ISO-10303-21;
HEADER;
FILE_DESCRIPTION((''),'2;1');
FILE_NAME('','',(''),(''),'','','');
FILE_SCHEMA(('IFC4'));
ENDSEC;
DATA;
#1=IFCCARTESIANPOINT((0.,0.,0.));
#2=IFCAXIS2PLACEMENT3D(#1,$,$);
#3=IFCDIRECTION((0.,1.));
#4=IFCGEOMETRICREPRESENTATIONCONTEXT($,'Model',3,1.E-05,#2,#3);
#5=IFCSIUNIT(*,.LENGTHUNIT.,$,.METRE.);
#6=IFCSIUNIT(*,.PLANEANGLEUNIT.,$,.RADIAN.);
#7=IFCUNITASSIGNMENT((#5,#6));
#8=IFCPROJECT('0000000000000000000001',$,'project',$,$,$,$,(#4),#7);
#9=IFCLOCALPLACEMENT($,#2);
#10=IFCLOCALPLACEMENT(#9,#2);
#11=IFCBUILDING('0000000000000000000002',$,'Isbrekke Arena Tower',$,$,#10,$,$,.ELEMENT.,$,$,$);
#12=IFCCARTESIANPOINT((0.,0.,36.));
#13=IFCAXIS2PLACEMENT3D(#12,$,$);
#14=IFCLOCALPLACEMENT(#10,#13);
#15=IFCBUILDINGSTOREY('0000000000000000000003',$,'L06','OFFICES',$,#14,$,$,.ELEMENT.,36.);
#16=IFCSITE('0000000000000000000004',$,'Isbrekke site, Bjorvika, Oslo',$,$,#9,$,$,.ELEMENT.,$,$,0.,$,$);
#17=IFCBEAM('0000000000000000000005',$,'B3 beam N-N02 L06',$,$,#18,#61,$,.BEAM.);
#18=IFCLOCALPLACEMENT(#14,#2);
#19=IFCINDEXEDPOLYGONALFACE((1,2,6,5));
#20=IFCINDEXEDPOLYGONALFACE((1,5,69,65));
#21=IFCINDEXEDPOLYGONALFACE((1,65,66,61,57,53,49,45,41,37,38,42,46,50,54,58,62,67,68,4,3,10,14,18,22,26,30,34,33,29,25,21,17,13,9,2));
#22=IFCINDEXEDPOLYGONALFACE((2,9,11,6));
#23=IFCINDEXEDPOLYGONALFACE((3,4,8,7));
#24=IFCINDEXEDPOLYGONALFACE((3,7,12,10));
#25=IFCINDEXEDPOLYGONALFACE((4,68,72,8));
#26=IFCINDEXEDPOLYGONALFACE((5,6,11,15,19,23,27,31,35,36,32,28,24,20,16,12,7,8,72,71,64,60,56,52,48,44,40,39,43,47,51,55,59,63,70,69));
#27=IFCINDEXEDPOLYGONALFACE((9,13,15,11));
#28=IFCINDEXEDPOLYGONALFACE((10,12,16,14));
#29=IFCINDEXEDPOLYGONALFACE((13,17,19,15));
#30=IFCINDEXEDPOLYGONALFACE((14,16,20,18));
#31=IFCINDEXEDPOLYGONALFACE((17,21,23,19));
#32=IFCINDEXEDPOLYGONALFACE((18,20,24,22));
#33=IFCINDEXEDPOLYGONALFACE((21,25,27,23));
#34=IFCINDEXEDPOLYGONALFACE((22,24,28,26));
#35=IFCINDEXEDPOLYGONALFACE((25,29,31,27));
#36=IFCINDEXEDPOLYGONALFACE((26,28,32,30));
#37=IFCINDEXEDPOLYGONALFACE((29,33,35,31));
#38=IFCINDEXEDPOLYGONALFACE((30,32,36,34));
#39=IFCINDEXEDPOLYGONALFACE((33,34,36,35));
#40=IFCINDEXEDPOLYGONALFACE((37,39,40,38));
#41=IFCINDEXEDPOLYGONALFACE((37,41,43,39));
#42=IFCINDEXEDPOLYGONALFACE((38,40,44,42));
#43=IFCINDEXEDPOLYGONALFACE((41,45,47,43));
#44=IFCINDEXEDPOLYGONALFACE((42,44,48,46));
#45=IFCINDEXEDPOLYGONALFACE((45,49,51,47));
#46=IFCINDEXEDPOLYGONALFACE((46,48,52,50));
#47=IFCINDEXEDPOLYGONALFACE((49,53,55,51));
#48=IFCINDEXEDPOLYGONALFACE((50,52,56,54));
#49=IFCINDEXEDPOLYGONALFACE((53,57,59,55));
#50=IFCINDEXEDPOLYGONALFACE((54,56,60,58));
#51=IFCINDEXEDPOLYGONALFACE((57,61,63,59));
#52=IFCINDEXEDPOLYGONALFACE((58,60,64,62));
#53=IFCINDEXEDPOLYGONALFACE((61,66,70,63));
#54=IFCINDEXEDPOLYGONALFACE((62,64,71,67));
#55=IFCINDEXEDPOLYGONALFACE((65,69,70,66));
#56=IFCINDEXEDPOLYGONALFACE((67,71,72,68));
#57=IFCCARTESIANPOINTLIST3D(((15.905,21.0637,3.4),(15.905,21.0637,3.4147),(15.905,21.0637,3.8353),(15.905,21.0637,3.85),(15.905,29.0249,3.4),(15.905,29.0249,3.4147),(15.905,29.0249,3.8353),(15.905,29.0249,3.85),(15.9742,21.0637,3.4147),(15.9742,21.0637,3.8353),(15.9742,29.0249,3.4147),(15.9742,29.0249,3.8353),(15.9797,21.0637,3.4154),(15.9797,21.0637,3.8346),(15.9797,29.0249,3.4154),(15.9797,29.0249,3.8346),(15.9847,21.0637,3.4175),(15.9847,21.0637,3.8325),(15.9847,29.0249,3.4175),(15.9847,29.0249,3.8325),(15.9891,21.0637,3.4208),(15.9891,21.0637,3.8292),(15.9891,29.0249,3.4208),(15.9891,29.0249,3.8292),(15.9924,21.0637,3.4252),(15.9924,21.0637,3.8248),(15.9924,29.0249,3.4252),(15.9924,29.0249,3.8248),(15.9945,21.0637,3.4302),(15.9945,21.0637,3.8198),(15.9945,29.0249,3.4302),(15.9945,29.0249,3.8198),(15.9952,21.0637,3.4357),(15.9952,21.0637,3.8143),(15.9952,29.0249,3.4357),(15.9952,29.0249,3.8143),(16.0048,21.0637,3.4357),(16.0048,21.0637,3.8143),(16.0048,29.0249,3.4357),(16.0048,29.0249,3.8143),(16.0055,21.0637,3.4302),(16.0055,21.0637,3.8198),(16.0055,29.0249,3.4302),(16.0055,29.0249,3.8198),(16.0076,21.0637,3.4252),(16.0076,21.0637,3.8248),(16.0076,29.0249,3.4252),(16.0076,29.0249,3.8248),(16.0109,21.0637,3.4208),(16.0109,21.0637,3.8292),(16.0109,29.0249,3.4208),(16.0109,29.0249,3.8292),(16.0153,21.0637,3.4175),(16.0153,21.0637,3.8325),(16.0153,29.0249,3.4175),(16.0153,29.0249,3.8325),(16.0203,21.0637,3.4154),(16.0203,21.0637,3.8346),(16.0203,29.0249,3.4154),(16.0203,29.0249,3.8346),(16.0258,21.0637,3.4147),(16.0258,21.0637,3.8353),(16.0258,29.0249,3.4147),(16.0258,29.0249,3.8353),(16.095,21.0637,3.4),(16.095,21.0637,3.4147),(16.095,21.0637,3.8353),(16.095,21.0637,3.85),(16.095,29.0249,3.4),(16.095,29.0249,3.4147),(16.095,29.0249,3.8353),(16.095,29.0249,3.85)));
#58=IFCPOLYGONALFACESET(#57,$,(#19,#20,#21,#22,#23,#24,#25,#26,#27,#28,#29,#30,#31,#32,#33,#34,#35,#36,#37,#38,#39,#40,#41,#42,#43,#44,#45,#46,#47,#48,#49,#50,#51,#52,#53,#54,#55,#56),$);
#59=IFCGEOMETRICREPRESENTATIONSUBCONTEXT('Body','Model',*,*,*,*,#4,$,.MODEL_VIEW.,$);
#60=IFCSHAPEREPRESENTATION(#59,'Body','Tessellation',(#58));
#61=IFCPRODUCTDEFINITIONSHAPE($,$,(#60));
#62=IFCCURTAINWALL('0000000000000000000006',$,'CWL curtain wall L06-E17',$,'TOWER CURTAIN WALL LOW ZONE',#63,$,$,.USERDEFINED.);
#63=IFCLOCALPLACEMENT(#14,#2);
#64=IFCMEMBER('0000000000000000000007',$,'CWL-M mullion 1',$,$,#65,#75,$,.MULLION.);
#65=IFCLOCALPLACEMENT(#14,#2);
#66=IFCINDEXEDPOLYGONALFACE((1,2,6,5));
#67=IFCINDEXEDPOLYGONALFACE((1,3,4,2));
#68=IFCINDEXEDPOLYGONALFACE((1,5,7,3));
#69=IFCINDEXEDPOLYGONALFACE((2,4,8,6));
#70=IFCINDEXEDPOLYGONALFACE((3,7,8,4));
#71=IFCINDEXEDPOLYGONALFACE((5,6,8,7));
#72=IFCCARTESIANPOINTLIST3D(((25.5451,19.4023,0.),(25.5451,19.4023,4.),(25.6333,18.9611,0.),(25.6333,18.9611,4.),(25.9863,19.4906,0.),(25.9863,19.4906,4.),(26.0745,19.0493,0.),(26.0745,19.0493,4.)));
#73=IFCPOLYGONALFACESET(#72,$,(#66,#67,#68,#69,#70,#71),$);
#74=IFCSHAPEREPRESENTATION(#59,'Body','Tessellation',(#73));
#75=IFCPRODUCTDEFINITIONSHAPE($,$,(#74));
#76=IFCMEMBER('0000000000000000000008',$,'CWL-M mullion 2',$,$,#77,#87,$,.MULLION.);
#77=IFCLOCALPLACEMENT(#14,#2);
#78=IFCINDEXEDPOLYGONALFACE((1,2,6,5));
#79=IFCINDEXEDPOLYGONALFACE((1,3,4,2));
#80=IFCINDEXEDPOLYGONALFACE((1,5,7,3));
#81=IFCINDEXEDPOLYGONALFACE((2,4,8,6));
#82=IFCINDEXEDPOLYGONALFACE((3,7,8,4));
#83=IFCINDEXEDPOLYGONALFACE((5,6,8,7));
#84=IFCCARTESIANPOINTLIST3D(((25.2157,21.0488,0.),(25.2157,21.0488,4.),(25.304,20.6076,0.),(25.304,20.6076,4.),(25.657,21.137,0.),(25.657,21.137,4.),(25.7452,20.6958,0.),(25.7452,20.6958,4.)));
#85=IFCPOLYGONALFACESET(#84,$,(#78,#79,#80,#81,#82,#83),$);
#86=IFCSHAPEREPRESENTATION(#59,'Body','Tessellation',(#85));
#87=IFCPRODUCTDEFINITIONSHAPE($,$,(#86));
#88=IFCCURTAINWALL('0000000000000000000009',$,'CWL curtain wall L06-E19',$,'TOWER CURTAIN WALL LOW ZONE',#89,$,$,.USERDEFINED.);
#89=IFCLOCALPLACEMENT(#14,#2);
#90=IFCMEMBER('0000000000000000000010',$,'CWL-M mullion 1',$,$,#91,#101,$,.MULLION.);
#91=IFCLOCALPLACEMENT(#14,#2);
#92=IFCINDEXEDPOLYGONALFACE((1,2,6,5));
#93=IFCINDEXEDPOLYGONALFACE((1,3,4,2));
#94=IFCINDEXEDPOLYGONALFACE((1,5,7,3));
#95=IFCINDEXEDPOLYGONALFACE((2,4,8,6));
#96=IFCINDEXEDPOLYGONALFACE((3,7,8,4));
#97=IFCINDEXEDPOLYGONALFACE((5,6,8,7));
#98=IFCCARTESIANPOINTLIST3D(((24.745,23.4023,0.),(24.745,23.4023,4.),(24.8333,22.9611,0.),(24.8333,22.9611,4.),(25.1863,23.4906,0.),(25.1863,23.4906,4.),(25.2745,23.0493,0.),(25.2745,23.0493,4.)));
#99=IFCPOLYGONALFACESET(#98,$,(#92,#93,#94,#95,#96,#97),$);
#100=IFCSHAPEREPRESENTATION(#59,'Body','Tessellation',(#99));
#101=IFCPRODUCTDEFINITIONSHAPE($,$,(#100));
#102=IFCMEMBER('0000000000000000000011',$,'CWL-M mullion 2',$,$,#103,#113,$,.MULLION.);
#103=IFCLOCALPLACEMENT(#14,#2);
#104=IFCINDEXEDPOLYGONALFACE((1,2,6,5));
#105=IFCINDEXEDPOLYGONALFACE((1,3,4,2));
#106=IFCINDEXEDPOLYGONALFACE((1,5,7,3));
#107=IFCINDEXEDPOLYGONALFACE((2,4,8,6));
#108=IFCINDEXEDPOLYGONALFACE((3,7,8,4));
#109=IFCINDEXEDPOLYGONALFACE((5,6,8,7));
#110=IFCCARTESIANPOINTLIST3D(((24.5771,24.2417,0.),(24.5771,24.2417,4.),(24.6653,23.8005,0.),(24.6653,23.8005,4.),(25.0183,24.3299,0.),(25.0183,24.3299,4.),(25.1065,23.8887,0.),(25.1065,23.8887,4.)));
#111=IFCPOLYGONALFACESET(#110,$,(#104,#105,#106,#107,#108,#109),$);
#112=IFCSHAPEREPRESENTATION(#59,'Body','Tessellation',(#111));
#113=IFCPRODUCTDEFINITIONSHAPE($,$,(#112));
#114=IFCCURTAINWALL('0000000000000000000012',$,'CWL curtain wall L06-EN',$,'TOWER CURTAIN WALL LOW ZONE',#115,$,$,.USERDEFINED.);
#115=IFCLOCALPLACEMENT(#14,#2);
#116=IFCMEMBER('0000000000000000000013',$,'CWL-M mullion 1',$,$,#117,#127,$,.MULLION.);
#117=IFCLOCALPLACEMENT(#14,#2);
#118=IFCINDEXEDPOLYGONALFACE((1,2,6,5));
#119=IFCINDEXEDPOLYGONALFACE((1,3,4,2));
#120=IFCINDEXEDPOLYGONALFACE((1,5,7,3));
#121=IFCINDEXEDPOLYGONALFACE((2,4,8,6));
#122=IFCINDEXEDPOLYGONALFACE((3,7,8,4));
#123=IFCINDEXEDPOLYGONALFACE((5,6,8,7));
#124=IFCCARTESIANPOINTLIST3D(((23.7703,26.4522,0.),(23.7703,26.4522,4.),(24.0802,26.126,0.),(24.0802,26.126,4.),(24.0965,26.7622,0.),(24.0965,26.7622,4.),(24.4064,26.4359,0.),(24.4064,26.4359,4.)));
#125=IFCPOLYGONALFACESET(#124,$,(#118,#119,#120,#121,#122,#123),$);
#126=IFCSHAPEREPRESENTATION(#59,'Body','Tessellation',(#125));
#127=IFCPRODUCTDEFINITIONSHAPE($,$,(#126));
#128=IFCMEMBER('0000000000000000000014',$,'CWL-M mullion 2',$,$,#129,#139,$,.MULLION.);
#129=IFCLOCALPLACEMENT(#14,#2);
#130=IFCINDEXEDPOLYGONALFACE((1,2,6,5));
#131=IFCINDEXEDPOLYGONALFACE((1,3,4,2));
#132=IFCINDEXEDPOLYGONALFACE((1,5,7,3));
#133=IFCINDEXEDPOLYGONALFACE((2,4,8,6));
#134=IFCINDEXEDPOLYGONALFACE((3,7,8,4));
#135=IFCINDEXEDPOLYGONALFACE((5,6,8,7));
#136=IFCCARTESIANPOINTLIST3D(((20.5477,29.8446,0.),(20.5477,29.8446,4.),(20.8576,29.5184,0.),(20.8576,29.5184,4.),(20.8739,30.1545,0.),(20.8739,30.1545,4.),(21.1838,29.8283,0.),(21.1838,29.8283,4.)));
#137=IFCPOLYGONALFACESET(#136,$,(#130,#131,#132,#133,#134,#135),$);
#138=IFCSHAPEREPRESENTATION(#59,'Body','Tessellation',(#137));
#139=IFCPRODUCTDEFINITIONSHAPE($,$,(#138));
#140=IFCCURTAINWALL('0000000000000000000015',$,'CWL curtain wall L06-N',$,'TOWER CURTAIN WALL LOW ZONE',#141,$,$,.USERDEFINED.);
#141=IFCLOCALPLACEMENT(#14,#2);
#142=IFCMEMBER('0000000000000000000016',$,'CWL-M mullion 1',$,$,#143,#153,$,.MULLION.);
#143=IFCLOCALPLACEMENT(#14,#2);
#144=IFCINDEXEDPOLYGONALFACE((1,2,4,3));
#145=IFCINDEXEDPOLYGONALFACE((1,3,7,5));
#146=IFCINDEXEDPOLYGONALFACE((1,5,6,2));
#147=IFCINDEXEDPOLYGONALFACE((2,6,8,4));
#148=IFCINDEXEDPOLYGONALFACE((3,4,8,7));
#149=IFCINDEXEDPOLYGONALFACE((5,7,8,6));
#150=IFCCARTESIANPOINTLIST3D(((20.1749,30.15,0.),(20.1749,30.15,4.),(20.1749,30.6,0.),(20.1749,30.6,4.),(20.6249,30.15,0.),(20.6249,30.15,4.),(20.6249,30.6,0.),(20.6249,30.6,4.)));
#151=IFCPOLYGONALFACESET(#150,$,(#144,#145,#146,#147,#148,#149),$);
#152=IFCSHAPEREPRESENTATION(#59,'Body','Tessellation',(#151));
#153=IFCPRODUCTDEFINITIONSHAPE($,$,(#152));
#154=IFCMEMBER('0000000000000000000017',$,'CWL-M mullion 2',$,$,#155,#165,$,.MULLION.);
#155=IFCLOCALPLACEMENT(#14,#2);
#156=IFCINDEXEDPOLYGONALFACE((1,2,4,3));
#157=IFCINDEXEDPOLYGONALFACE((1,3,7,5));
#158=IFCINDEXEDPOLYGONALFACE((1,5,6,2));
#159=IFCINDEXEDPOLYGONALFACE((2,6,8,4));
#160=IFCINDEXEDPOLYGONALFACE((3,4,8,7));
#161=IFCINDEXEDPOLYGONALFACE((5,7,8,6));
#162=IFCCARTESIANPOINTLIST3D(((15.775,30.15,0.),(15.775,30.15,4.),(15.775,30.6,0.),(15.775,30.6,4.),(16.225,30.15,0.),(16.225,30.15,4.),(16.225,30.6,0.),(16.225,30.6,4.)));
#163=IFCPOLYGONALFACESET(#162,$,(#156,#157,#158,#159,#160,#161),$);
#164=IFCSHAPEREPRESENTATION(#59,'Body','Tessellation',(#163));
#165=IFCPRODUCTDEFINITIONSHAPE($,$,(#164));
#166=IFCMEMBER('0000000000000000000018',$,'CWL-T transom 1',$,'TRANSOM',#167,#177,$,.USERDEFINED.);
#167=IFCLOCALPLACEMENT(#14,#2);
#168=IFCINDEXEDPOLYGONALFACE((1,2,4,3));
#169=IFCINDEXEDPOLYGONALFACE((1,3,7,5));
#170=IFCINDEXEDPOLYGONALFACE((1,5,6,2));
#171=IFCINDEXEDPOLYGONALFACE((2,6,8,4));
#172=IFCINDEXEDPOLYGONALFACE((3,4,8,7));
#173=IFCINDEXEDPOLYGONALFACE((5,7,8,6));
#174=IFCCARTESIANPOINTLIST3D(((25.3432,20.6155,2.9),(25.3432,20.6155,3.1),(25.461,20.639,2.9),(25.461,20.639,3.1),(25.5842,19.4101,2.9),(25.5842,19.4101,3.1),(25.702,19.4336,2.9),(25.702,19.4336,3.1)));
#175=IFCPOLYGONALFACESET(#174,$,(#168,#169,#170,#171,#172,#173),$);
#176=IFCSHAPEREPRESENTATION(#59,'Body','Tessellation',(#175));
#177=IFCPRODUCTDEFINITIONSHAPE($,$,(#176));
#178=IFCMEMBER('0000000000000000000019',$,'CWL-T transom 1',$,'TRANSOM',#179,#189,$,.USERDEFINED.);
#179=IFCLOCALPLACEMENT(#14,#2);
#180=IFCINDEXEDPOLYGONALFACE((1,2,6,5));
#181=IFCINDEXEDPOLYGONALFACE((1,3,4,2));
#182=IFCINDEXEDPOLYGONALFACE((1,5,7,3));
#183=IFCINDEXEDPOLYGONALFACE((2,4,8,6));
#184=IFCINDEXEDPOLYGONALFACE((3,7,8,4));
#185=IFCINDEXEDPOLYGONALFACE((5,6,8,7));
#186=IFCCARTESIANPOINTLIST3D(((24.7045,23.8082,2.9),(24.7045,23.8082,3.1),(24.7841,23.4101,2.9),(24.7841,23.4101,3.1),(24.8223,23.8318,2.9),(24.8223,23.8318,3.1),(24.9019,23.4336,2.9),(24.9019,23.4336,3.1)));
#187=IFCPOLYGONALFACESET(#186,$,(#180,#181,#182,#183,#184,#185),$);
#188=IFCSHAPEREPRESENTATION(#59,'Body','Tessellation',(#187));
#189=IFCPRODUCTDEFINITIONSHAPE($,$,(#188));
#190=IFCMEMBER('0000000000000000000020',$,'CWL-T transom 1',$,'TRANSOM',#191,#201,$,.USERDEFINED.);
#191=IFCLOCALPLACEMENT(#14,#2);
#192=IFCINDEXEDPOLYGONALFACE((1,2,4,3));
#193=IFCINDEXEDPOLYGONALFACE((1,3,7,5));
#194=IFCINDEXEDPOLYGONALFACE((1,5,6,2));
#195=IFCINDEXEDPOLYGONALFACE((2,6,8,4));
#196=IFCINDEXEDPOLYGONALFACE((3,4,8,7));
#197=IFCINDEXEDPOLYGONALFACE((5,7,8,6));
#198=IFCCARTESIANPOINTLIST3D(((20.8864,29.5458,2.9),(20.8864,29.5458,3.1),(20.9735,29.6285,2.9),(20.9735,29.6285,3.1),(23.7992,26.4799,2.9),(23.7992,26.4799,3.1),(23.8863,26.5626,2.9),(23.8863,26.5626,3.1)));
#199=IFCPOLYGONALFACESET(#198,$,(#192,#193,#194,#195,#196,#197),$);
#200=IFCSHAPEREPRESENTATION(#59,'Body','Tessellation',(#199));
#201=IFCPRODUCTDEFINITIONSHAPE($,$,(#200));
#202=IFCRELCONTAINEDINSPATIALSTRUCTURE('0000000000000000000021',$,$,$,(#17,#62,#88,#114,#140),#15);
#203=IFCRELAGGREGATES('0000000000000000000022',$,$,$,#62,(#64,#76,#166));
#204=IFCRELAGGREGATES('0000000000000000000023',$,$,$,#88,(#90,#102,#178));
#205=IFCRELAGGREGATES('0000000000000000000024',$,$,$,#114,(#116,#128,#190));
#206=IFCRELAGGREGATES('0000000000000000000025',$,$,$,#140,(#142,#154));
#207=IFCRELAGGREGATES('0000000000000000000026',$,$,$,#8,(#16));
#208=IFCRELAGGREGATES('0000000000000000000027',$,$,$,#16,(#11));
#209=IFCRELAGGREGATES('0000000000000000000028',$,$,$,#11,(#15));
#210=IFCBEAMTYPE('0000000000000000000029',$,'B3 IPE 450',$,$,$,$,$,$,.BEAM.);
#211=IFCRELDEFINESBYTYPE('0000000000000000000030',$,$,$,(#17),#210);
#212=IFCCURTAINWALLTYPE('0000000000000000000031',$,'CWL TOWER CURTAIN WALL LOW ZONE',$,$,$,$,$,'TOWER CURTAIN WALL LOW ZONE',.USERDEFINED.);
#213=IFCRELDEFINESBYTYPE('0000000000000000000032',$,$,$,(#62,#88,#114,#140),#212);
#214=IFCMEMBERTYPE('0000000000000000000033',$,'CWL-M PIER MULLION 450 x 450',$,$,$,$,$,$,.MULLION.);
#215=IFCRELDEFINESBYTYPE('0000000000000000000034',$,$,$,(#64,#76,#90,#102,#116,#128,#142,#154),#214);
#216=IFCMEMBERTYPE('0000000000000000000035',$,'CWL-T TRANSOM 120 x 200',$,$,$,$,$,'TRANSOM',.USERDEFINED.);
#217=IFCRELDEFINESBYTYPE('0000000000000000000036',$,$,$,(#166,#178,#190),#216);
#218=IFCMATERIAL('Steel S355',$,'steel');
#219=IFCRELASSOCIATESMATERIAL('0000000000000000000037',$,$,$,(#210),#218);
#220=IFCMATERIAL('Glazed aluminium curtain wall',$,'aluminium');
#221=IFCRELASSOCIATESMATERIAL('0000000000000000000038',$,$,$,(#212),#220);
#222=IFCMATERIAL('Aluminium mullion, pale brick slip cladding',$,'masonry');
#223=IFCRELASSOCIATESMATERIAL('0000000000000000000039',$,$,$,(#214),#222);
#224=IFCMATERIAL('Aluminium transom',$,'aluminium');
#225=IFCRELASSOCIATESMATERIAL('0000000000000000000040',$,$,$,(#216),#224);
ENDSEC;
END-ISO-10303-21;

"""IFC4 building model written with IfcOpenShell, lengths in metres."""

from ifc_helpers import new_model, si_unit, direction, frame, origin, origin_2d, place, context, subcontext, project, spatial, rectangle, i_section, extrude, material, material_profile, profile_set, type_object, element, aggregate, save


model = new_model("IFC4")

# Units and contexts
model_context = context("Model", 3, precision=1e-05, world=origin(), true_north=direction((0.0, 1.0)))
body_context = subcontext(model_context, "Body", "Model", "MODEL_VIEW")
ifc_project = project(units=[si_unit("LENGTHUNIT", "METRE"), si_unit("PLANEANGLEUNIT", "RADIAN")], contexts=[model_context])

# Site, building, storey
site_placement = place(None, origin())
site = spatial("IfcSite", under=ifc_project, at=site_placement, Name="Isbrekke site, Bjorvika, Oslo", CompositionType="ELEMENT", RefElevation=0.0)
building_placement = place(site_placement, origin())
building = spatial("IfcBuilding", under=site, at=building_placement, Name="Isbrekke Arena Tower", CompositionType="ELEMENT")
storey_placement = place(building_placement, frame((0.0, 0.0, 36.0)))
storey = spatial("IfcBuildingStorey", under=building, at=storey_placement, Name="L06", Description="OFFICES", CompositionType="ELEMENT", Elevation=36.0)

# Beam
ifc_material_1 = material(Name="Steel S355", Category="steel")
ifc_material_profile_1 = material_profile(ifc_material_1, i_section(OverallWidth=0.1899, OverallDepth=0.45, WebThickness=0.0095, FlangeThickness=0.0146, FilletRadius=0.021, at=origin_2d()), Name="IPE 450")
ifc_profile_set_1 = profile_set([ifc_material_profile_1], Name="Steel S355")
beam_type_1 = type_object("IfcBeamType", Name="B3 IPE 450", PredefinedType="BEAM", material=ifc_profile_set_1)
beam_1_placement = place(storey_placement, frame((16.0, 29.0249, 3.625), z_axis=(0.0, -1.0, 0.0), x_axis=(1.0, 0.0, 0.0)))
element("IfcBeam", 1, at=beam_1_placement, inside=storey, type_object=beam_type_1, Name="B3 beam N-N02 L06", PredefinedType="BEAM", context=body_context, shape_type="SweptSolid", body=[
    extrude(i_section(OverallWidth=0.1899, OverallDepth=0.45, WebThickness=0.0095, FlangeThickness=0.0146, FilletRadius=0.021, at=origin_2d()), origin(), (0.0, 0.0, 1.0), 7.9612),
])

# Curtain walls, members
ifc_material_2 = material(Name="Glazed aluminium curtain wall", Category="aluminium")
curtain_wall_type = type_object("IfcCurtainWallType", Name="CWL TOWER CURTAIN WALL LOW ZONE", ElementType="TOWER CURTAIN WALL LOW ZONE", PredefinedType="USERDEFINED", material=ifc_material_2)
curtain_wall_1_placement = place(storey_placement, origin())
curtain_wall_1 = element("IfcCurtainWall", 2, at=curtain_wall_1_placement, inside=storey, type_object=curtain_wall_type, Name="CWL curtain wall L06-E17", ObjectType="TOWER CURTAIN WALL LOW ZONE", PredefinedType="USERDEFINED")
ifc_material_3 = material(Name="Aluminium mullion, pale brick slip cladding", Category="masonry")
ifc_material_profile_2 = material_profile(ifc_material_3, rectangle(XDim=0.45, YDim=0.45, at=origin_2d()), Name="PIER 450X450")
ifc_profile_set_2 = profile_set([ifc_material_profile_2], Name="Aluminium mullion, pale brick slip cladding")
member_type_1 = type_object("IfcMemberType", Name="CWL-M PIER MULLION 450 x 450", PredefinedType="MULLION", material=ifc_profile_set_2)
member_1_placement = place(storey_placement, frame((25.8098, 19.2258, 0.0), z_axis=(0.0, 0.0, 1.0), x_axis=(-0.196116, 0.980581, 0.0)))
member_1 = element("IfcMember", 3, at=member_1_placement, type_object=member_type_1, Name="CWL-M mullion 1", PredefinedType="MULLION", context=body_context, shape_type="SweptSolid", body=[
    extrude(rectangle(XDim=0.45, YDim=0.45, at=origin_2d()), origin(), (0.0, 0.0, 1.0), 4.0),
])
member_2_placement = place(storey_placement, frame((25.4805, 20.8723, 0.0), z_axis=(0.0, 0.0, 1.0), x_axis=(-0.196116, 0.980581, 0.0)))
member_2 = element("IfcMember", 4, at=member_2_placement, type_object=member_type_1, Name="CWL-M mullion 2", PredefinedType="MULLION", context=body_context, shape_type="SweptSolid", body=[
    extrude(rectangle(XDim=0.45, YDim=0.45, at=origin_2d()), origin(), (0.0, 0.0, 1.0), 4.0),
])
curtain_wall_2_placement = place(storey_placement, origin())
curtain_wall_2 = element("IfcCurtainWall", 5, at=curtain_wall_2_placement, inside=storey, type_object=curtain_wall_type, Name="CWL curtain wall L06-E19", ObjectType="TOWER CURTAIN WALL LOW ZONE", PredefinedType="USERDEFINED")
member_3_placement = place(storey_placement, frame((25.0098, 23.2258, 0.0), z_axis=(0.0, 0.0, 1.0), x_axis=(-0.196116, 0.980581, 0.0)))
member_3 = element("IfcMember", 6, at=member_3_placement, type_object=member_type_1, Name="CWL-M mullion 1", PredefinedType="MULLION", context=body_context, shape_type="SweptSolid", body=[
    extrude(rectangle(XDim=0.45, YDim=0.45, at=origin_2d()), origin(), (0.0, 0.0, 1.0), 4.0),
])
member_4_placement = place(storey_placement, frame((24.8418, 24.0652, 0.0), z_axis=(0.0, 0.0, 1.0), x_axis=(-0.196116, 0.980581, 0.0)))
member_4 = element("IfcMember", 7, at=member_4_placement, type_object=member_type_1, Name="CWL-M mullion 2", PredefinedType="MULLION", context=body_context, shape_type="SweptSolid", body=[
    extrude(rectangle(XDim=0.45, YDim=0.45, at=origin_2d()), origin(), (0.0, 0.0, 1.0), 4.0),
])
curtain_wall_3_placement = place(storey_placement, origin())
curtain_wall_3 = element("IfcCurtainWall", 8, at=curtain_wall_3_placement, inside=storey, type_object=curtain_wall_type, Name="CWL curtain wall L06-EN", ObjectType="TOWER CURTAIN WALL LOW ZONE", PredefinedType="USERDEFINED")
member_5_placement = place(storey_placement, frame((24.0884, 26.4441, 0.0), z_axis=(0.0, 0.0, 1.0), x_axis=(-0.688749, 0.724999, 0.0)))
member_5 = element("IfcMember", 9, at=member_5_placement, type_object=member_type_1, Name="CWL-M mullion 1", PredefinedType="MULLION", context=body_context, shape_type="SweptSolid", body=[
    extrude(rectangle(XDim=0.45, YDim=0.45, at=origin_2d()), origin(), (0.0, 0.0, 1.0), 4.0),
])
member_6_placement = place(storey_placement, frame((20.8657, 29.8364, 0.0), z_axis=(0.0, 0.0, 1.0), x_axis=(-0.688749, 0.724999, 0.0)))
member_6 = element("IfcMember", 10, at=member_6_placement, type_object=member_type_1, Name="CWL-M mullion 2", PredefinedType="MULLION", context=body_context, shape_type="SweptSolid", body=[
    extrude(rectangle(XDim=0.45, YDim=0.45, at=origin_2d()), origin(), (0.0, 0.0, 1.0), 4.0),
])
curtain_wall_4_placement = place(storey_placement, origin())
curtain_wall_4 = element("IfcCurtainWall", 11, at=curtain_wall_4_placement, inside=storey, type_object=curtain_wall_type, Name="CWL curtain wall L06-N", ObjectType="TOWER CURTAIN WALL LOW ZONE", PredefinedType="USERDEFINED")
member_7_placement = place(storey_placement, frame((20.3999, 30.375, 0.0), z_axis=(0.0, 0.0, 1.0), x_axis=(-1.0, 0.0, 0.0)))
member_7 = element("IfcMember", 12, at=member_7_placement, type_object=member_type_1, Name="CWL-M mullion 1", PredefinedType="MULLION", context=body_context, shape_type="SweptSolid", body=[
    extrude(rectangle(XDim=0.45, YDim=0.45, at=origin_2d()), origin(), (0.0, 0.0, 1.0), 4.0),
])
member_8_placement = place(storey_placement, frame((16.0, 30.375, 0.0), z_axis=(0.0, 0.0, 1.0), x_axis=(-1.0, 0.0, 0.0)))
member_8 = element("IfcMember", 13, at=member_8_placement, type_object=member_type_1, Name="CWL-M mullion 2", PredefinedType="MULLION", context=body_context, shape_type="SweptSolid", body=[
    extrude(rectangle(XDim=0.45, YDim=0.45, at=origin_2d()), origin(), (0.0, 0.0, 1.0), 4.0),
])

# Members
ifc_material_4 = material(Name="Aluminium transom", Category="aluminium")
ifc_material_profile_3 = material_profile(ifc_material_4, rectangle(XDim=0.1201, YDim=0.2, at=origin_2d()), Name="TRANSOM 120X200")
ifc_profile_set_3 = profile_set([ifc_material_profile_3], Name="Aluminium transom")
member_type_2 = type_object("IfcMemberType", Name="CWL-T TRANSOM 120 x 200", ElementType="TRANSOM", PredefinedType="USERDEFINED", material=ifc_profile_set_3)
member_9_placement = place(storey_placement, frame((25.6431, 19.4219, 3.0), z_axis=(-0.19604, 0.980596, 0.0), x_axis=(-0.980596, -0.19604, 0.0)))
member_9 = element("IfcMember", 14, at=member_9_placement, type_object=member_type_2, Name="CWL-T transom 1", ObjectType="TRANSOM", PredefinedType="USERDEFINED", context=body_context, shape_type="SweptSolid", body=[
    extrude(rectangle(XDim=0.1201, YDim=0.2, at=origin_2d()), origin(), (0.0, 0.0, 1.0), 1.2292),
])
member_10_placement = place(storey_placement, frame((24.843, 23.4219, 3.0), z_axis=(-0.196001, 0.980604, 0.0), x_axis=(-0.980604, -0.196001, 0.0)))
member_10 = element("IfcMember", 15, at=member_10_placement, type_object=member_type_2, Name="CWL-T transom 1", ObjectType="TRANSOM", PredefinedType="USERDEFINED", context=body_context, shape_type="SweptSolid", body=[
    extrude(rectangle(XDim=0.1201, YDim=0.2, at=origin_2d()), origin(), (0.0, 0.0, 1.0), 0.406),
])
member_11_placement = place(storey_placement, frame((23.8428, 26.5212, 3.0), z_axis=(-0.688777, 0.724973, 0.0), x_axis=(-0.724973, -0.688777, 0.0)))
member_11 = element("IfcMember", 16, at=member_11_placement, type_object=member_type_2, Name="CWL-T transom 1", ObjectType="TRANSOM", PredefinedType="USERDEFINED", context=body_context, shape_type="SweptSolid", body=[
    extrude(rectangle(XDim=0.1201, YDim=0.2, at=origin_2d()), origin(), (0.0, 0.0, 1.0), 4.229),
])

aggregate(curtain_wall_1, [member_1, member_2, member_9])
aggregate(curtain_wall_2, [member_3, member_4, member_10])
aggregate(curtain_wall_3, [member_5, member_6, member_11])
aggregate(curtain_wall_4, [member_7, member_8])

save(model, "model.ifc")
